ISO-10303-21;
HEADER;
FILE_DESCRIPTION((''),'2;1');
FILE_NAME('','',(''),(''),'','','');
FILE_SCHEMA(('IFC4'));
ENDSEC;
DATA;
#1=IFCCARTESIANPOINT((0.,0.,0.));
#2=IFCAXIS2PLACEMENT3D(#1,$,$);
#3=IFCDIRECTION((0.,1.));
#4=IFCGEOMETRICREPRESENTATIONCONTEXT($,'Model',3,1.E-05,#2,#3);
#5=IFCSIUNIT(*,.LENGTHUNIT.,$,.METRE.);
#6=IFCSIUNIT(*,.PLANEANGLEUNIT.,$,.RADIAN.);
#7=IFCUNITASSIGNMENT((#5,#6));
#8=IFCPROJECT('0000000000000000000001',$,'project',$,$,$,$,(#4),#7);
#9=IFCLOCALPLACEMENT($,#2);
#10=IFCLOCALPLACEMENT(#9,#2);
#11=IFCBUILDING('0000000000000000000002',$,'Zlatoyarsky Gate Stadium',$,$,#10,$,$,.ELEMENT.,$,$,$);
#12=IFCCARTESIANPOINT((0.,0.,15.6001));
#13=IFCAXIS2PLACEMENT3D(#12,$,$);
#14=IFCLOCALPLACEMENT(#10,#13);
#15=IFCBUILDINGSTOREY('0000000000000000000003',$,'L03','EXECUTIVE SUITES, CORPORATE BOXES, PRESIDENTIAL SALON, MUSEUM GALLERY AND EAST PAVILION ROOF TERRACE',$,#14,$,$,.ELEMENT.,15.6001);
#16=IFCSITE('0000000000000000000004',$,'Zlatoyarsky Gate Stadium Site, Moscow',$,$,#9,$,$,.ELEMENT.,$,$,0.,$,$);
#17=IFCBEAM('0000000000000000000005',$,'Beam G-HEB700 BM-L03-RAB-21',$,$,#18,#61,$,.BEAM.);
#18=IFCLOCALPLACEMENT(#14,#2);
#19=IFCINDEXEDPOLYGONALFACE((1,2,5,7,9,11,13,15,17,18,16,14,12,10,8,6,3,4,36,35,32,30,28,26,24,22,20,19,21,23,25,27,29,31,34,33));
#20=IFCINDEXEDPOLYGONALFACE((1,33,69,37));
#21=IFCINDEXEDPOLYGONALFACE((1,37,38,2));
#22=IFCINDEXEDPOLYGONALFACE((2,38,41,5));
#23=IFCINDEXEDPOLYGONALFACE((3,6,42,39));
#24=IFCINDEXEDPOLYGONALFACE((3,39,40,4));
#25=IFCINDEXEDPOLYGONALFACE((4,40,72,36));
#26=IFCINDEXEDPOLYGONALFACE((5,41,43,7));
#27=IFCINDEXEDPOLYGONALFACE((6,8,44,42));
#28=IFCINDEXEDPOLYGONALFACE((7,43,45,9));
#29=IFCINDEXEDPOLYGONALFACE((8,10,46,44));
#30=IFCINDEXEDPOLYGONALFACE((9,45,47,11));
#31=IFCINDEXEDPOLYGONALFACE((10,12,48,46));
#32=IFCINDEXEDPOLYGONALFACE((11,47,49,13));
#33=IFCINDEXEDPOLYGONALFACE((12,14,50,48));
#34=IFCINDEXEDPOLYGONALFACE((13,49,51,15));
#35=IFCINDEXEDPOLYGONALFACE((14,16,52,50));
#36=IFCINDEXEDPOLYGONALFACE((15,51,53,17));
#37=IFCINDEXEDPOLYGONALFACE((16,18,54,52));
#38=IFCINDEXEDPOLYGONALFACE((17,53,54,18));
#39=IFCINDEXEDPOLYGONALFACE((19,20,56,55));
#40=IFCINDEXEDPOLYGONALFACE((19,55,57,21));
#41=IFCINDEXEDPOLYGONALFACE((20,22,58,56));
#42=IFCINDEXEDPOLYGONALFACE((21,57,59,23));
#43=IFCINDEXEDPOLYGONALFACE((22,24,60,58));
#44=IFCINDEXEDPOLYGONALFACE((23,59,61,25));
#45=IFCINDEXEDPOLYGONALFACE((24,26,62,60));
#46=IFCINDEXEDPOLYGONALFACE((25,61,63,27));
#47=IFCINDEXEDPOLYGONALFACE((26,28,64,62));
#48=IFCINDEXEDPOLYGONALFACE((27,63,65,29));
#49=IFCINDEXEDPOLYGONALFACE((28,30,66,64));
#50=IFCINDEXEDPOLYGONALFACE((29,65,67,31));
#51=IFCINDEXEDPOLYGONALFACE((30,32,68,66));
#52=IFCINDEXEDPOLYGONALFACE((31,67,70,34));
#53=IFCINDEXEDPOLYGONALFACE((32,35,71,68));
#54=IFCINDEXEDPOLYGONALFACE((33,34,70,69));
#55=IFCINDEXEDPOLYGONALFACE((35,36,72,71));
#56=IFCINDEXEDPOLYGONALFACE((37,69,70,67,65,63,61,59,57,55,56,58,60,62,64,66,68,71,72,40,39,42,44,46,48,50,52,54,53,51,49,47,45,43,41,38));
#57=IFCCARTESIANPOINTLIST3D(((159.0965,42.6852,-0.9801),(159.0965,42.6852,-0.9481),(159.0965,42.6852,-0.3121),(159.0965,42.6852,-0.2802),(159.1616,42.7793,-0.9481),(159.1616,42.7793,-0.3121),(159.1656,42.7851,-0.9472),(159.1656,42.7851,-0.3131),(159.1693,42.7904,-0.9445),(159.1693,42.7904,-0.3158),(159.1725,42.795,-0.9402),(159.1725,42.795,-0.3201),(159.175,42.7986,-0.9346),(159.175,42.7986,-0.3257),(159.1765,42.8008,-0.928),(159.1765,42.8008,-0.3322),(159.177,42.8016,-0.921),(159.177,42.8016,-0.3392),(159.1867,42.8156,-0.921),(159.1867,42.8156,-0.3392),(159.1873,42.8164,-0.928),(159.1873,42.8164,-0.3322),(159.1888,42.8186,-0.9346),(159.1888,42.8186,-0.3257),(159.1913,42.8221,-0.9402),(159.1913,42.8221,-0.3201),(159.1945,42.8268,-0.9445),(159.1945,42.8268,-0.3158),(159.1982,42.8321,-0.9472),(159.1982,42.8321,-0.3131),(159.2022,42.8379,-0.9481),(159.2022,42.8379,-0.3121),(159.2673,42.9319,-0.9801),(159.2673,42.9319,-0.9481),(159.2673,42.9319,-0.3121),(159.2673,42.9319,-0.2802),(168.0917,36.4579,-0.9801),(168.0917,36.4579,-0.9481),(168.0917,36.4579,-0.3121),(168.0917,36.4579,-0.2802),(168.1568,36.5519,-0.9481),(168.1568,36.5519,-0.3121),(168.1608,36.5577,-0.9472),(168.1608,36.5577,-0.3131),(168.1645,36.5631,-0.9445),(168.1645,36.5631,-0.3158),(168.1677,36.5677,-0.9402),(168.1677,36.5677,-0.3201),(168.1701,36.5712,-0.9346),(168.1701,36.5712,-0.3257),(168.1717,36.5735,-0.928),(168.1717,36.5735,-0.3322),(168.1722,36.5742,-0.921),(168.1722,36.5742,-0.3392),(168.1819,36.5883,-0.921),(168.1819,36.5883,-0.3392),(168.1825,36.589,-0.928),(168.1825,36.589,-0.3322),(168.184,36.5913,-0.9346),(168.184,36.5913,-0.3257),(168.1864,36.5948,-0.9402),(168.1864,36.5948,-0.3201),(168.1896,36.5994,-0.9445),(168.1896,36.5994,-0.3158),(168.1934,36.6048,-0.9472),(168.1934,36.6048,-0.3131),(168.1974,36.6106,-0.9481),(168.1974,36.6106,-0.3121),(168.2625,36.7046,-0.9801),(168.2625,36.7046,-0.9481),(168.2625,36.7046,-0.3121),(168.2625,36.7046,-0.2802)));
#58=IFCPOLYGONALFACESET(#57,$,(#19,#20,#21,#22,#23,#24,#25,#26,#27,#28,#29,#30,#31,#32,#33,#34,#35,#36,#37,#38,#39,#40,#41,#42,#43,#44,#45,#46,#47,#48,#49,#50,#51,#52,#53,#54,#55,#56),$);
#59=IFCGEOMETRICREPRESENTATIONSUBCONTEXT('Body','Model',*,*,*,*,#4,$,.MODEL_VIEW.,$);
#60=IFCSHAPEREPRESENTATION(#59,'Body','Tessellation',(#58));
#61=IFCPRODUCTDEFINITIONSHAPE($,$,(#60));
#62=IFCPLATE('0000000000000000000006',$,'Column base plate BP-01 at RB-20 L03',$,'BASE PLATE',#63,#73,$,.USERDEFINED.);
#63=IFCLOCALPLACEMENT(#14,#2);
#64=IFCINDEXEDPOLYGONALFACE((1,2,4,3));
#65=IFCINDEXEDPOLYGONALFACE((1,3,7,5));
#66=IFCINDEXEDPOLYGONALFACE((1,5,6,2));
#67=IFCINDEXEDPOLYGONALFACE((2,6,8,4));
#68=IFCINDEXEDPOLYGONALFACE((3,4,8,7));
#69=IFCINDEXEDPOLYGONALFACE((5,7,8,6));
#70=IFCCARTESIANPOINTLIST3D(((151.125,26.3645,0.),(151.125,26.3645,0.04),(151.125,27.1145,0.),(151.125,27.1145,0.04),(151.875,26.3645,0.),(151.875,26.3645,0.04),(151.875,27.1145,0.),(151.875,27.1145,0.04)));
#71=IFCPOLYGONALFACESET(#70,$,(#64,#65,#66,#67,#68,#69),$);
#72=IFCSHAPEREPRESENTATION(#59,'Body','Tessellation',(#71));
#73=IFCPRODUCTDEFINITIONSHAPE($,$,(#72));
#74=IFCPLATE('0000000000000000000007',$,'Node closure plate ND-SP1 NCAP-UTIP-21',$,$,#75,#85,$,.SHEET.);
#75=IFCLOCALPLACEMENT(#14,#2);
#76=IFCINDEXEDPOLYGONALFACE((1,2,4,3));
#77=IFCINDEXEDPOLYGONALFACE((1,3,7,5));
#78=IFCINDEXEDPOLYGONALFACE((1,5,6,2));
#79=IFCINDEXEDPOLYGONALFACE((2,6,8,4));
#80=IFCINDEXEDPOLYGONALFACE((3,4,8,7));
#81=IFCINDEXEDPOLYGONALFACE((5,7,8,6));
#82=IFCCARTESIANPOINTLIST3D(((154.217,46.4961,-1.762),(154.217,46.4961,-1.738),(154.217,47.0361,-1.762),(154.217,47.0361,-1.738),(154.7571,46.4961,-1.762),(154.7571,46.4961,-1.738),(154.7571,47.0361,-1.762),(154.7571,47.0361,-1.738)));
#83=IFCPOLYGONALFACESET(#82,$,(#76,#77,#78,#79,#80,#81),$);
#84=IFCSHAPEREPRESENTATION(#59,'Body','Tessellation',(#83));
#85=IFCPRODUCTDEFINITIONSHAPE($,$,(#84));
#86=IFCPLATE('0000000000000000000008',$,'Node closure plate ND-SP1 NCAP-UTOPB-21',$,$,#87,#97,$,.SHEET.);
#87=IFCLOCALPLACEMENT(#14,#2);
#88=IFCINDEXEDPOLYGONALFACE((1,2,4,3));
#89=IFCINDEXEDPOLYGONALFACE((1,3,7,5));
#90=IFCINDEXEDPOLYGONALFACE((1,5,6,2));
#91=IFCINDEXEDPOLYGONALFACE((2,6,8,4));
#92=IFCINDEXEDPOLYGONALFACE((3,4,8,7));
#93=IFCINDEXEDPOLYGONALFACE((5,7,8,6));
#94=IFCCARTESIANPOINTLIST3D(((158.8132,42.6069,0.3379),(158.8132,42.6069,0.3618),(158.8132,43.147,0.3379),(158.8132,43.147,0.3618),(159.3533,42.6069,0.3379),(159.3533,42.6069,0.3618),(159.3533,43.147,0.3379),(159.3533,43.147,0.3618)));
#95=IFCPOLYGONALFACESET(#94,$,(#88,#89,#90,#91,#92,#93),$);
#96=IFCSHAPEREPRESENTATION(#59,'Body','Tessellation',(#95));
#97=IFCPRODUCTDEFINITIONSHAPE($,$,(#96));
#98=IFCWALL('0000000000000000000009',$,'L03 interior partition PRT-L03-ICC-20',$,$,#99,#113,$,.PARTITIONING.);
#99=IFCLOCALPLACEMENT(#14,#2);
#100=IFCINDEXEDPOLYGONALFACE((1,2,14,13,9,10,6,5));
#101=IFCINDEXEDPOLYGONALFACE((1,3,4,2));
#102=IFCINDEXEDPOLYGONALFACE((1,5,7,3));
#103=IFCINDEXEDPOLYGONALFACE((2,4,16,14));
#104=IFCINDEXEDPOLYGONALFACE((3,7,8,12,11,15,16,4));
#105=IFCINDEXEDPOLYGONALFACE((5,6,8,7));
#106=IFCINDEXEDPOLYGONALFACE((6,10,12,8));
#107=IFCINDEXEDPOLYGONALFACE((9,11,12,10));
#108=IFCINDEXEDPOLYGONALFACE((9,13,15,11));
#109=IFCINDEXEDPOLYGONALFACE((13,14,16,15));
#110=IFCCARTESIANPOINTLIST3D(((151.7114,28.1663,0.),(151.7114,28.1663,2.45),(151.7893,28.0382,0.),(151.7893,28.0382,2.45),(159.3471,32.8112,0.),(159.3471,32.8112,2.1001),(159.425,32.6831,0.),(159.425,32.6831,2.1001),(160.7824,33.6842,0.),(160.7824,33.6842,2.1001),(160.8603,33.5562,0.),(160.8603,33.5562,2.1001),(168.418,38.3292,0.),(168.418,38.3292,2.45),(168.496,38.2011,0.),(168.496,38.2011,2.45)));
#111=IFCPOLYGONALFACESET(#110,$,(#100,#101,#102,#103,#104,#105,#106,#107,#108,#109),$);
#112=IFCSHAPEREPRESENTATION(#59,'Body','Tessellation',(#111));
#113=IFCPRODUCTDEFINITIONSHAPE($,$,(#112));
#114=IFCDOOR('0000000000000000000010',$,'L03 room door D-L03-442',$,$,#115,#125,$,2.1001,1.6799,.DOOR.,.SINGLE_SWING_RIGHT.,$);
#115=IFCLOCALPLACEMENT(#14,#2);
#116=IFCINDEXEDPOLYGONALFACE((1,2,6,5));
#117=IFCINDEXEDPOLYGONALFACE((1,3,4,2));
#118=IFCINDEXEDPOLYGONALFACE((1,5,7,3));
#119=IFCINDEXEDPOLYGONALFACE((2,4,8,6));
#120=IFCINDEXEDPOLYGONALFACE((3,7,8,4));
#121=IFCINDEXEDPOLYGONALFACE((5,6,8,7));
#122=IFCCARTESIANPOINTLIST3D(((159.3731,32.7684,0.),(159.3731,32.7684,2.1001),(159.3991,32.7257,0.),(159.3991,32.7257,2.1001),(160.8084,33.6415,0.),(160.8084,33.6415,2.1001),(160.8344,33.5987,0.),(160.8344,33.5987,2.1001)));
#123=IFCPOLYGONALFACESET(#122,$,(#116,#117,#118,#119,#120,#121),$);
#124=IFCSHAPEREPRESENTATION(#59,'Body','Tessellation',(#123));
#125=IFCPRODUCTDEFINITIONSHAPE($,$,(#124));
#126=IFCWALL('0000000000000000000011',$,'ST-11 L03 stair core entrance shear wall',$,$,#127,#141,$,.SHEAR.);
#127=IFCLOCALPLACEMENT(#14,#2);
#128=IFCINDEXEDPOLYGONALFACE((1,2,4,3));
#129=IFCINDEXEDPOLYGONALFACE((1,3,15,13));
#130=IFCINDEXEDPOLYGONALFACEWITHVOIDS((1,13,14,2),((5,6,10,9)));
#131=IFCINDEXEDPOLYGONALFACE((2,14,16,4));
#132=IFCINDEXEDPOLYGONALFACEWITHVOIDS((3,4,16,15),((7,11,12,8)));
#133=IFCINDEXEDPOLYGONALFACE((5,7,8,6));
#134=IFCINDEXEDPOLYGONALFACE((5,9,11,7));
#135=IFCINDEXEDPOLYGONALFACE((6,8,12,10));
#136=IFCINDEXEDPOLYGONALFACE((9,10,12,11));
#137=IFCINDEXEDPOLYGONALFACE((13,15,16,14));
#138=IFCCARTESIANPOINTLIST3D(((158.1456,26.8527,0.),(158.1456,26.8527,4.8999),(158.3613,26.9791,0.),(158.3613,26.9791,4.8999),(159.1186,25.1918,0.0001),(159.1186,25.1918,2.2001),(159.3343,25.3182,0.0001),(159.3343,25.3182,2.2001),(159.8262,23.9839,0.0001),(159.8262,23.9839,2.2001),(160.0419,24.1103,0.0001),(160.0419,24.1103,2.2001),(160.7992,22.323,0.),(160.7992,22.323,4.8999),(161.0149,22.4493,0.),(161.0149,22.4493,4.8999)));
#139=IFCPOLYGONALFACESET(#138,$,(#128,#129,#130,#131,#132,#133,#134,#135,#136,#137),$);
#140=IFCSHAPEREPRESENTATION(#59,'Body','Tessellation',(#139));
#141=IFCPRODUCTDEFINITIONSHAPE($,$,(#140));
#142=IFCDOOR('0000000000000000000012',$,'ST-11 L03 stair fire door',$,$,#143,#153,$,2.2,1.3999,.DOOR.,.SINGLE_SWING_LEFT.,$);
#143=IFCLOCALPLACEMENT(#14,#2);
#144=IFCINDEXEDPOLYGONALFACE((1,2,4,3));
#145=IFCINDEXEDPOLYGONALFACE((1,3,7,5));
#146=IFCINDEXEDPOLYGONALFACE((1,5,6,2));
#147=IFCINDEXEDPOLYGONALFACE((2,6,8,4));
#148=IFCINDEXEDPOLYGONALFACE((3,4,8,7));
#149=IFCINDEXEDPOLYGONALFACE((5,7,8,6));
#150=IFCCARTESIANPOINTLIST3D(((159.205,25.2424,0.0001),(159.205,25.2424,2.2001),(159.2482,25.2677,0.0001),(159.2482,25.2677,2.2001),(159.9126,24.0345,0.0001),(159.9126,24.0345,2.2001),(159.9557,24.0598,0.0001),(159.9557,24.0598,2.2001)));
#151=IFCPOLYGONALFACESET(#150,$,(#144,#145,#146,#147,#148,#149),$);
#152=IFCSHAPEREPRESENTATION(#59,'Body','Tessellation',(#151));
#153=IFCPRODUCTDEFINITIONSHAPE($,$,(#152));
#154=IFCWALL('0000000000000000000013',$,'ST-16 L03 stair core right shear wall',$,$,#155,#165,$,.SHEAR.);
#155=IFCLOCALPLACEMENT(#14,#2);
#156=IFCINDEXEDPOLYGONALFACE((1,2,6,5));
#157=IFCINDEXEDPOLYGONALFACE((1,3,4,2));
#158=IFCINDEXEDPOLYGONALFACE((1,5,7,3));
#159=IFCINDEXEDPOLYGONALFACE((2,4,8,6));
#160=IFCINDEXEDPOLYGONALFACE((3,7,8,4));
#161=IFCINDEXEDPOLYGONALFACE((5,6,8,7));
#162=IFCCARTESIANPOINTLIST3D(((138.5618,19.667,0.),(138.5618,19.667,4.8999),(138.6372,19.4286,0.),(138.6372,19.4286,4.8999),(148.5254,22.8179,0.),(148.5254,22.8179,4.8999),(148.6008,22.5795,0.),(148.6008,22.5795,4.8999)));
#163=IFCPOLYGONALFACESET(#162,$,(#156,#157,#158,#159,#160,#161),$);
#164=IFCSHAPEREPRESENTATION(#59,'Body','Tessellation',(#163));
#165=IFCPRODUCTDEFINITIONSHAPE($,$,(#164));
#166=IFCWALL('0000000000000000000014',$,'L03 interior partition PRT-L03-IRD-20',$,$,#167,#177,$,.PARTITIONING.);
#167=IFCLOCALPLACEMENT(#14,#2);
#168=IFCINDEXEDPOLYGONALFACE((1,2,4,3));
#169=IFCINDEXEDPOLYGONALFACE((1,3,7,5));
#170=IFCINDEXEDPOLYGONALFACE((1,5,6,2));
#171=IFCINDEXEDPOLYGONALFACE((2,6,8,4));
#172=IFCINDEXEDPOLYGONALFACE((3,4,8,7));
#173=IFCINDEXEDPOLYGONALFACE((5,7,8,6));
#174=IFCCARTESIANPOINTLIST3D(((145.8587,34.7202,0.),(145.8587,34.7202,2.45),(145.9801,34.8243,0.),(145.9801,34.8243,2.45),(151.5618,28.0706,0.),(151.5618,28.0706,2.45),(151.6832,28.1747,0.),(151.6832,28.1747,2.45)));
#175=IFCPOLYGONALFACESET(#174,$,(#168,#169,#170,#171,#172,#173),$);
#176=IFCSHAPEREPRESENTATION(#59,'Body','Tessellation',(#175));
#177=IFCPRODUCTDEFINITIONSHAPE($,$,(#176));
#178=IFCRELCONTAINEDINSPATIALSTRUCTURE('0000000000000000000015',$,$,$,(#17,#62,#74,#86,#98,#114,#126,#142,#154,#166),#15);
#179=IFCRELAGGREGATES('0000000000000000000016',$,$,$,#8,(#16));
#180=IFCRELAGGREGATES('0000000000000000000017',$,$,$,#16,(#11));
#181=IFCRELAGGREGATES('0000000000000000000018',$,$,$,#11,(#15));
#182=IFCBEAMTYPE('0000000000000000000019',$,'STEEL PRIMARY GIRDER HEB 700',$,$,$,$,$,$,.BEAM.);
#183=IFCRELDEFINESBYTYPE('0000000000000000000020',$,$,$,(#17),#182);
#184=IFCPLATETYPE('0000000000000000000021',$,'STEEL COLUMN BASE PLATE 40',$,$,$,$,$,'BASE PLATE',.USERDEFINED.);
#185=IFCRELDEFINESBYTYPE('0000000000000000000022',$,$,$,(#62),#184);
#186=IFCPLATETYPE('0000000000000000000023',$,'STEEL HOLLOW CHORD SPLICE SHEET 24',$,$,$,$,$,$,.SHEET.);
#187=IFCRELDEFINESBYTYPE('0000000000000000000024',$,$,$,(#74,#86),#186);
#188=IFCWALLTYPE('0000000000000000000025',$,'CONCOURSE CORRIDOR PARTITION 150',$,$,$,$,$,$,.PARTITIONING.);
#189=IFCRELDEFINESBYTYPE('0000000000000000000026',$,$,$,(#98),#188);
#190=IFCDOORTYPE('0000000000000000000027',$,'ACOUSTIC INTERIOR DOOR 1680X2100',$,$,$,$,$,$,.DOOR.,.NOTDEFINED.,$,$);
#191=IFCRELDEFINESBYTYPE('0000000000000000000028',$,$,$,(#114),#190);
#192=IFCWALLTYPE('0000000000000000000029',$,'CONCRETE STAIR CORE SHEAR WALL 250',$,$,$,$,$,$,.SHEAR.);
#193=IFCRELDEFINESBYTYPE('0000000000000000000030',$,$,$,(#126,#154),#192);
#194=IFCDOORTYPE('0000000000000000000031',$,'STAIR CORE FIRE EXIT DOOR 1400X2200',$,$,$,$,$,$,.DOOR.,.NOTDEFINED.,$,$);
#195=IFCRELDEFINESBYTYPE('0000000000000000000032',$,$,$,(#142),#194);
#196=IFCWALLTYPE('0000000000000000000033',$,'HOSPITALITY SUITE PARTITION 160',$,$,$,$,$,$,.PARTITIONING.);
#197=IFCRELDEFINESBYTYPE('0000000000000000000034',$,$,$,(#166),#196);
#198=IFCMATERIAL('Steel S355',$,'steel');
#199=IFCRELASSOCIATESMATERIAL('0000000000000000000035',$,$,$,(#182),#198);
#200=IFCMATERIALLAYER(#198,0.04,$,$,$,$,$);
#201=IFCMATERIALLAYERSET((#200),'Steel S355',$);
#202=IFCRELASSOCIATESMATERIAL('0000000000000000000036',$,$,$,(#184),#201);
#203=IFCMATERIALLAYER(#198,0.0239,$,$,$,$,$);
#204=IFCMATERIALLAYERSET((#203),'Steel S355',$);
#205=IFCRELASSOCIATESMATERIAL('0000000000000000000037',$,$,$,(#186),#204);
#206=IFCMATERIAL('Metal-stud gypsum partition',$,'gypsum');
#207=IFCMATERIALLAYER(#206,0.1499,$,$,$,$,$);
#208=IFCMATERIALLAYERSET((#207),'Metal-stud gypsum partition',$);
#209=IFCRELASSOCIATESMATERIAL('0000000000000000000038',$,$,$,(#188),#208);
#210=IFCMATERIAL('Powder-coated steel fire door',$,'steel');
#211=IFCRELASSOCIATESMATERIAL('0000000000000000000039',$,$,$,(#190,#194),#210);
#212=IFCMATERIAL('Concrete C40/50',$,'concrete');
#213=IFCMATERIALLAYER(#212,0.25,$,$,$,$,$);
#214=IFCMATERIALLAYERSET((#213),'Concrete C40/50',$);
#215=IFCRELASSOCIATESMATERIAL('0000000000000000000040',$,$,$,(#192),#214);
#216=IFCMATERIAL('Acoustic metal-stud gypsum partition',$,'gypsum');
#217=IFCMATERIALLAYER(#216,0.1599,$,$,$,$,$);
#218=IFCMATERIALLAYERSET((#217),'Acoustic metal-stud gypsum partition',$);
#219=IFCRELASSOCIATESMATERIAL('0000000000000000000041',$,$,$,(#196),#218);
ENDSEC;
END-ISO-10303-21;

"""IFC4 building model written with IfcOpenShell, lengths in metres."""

from ifc_helpers import new_model, si_unit, direction, frame, frame_2d, origin, origin_2d, place, context, subcontext, project, spatial, rectangle, i_section, extrude, material, layer, layer_set, material_profile, profile_set, type_object, element, fill, save


model = new_model("IFC4")

# Units and contexts
model_context = context("Model", 3, precision=1e-05, world=origin(), true_north=direction((0.0, 1.0)))
body_context = subcontext(model_context, "Body", "Model", "MODEL_VIEW")
ifc_project = project(units=[si_unit("LENGTHUNIT", "METRE"), si_unit("PLANEANGLEUNIT", "RADIAN")], contexts=[model_context])

# Site, building, storey
site_placement = place(None, origin())
site = spatial("IfcSite", under=ifc_project, at=site_placement, Name="Zlatoyarsky Gate Stadium Site, Moscow", CompositionType="ELEMENT", RefElevation=0.0)
building_placement = place(site_placement, origin())
building = spatial("IfcBuilding", under=site, at=building_placement, Name="Zlatoyarsky Gate Stadium", CompositionType="ELEMENT")
storey_placement = place(building_placement, frame((0.0, 0.0, 15.6001)))
storey = spatial("IfcBuildingStorey", under=building, at=storey_placement, Name="L03", Description="EXECUTIVE SUITES, CORPORATE BOXES, PRESIDENTIAL SALON, MUSEUM GALLERY AND EAST PAVILION ROOF TERRACE", CompositionType="ELEMENT", Elevation=15.6001)

# Shared definitions
ifc_material_1 = material(Name="Steel S355", Category="steel")

# Beam
ifc_material_profile_1 = material_profile(ifc_material_1, i_section(OverallWidth=0.3, OverallDepth=0.7, WebThickness=0.0171, FlangeThickness=0.032, FilletRadius=0.0271, at=origin_2d()), Name="HEB 700")
ifc_profile_set_1 = profile_set([ifc_material_profile_1], Name="Steel S355")
beam_type_1 = type_object("IfcBeamType", Name="STEEL PRIMARY GIRDER HEB 700", PredefinedType="BEAM", material=ifc_profile_set_1)
beam_1_placement = place(storey_placement, frame((159.1819, 42.8086, -0.6301), z_axis=(0.822196, -0.569204, 0.0), x_axis=(0.569204, 0.822196, 0.0)))
element("IfcBeam", 1, at=beam_1_placement, inside=storey, type_object=beam_type_1, Name="Beam G-HEB700 BM-L03-RAB-21", PredefinedType="BEAM", context=body_context, shape_type="SweptSolid", body=[
    extrude(i_section(OverallWidth=0.3, OverallDepth=0.7, WebThickness=0.0171, FlangeThickness=0.032, FilletRadius=0.0271, at=origin_2d()), origin(), (0.0, 0.0, 1.0), 10.9404),
])

# Plates
ifc_layer_1 = layer(ifc_material_1, 0.04)
ifc_layer_set_1 = layer_set([ifc_layer_1], Name="Steel S355")
plate_type_1 = type_object("IfcPlateType", Name="STEEL COLUMN BASE PLATE 40", ElementType="BASE PLATE", PredefinedType="USERDEFINED", material=ifc_layer_set_1)
plate_placement = place(storey_placement, frame((151.5, 26.7395, 0.0), z_axis=(0.0, 0.0, 1.0), x_axis=(1.0, 0.0, 0.0)))
element("IfcPlate", 2, at=plate_placement, inside=storey, type_object=plate_type_1, Name="Column base plate BP-01 at RB-20 L03", ObjectType="BASE PLATE", PredefinedType="USERDEFINED", context=body_context, shape_type="SweptSolid", body=[
    extrude(rectangle(XDim=0.75, YDim=0.75, at=origin_2d()), origin(), (0.0, 0.0, 1.0), 0.04),
])
ifc_layer_2 = layer(ifc_material_1, 0.0239)
ifc_layer_set_2 = layer_set([ifc_layer_2], Name="Steel S355")
plate_type_2 = type_object("IfcPlateType", Name="STEEL HOLLOW CHORD SPLICE SHEET 24", PredefinedType="SHEET", material=ifc_layer_set_2)
for number, where, z_axis, x_axis, name in (
    (3, (154.4871, 46.7661, -1.762), (0.0, 0.0, 1.0), (1.0, 0.0, 0.0), "Node closure plate ND-SP1 NCAP-UTIP-21"),
    (4, (159.0833, 42.877, 0.3379), (0.0, 0.0, 1.0), (1.0, 0.0, 0.0), "Node closure plate ND-SP1 NCAP-UTOPB-21"),
):
    element("IfcPlate", number, at=place(storey_placement, frame(where, z_axis=z_axis, x_axis=x_axis)), inside=storey, type_object=plate_type_2, Name=name, PredefinedType="SHEET", context=body_context, shape_type="SweptSolid", body=[
        extrude(rectangle(XDim=0.54, YDim=0.54, at=origin_2d()), origin(), (0.0, 0.0, 1.0), 0.0239),
    ])

# Walls, openings, doors
ifc_material_2 = material(Name="Metal-stud gypsum partition", Category="gypsum")
ifc_layer_3 = layer(ifc_material_2, 0.1499)
ifc_layer_set_3 = layer_set([ifc_layer_3], Name="Metal-stud gypsum partition")
wall_type_1 = type_object("IfcWallType", Name="CONCOURSE CORRIDOR PARTITION 150", PredefinedType="PARTITIONING", material=ifc_layer_set_3)
wall_1_placement = place(storey_placement, frame((151.7505, 28.1023, 0.0), z_axis=(0.0, 0.0, 1.0), x_axis=(0.854343, 0.51971, 0.0)))
wall_1 = element("IfcWall", 5, at=wall_1_placement, inside=storey, type_object=wall_type_1, Name="L03 interior partition PRT-L03-ICC-20", PredefinedType="PARTITIONING", context=body_context, shape_type="SweptSolid", body=[
    extrude(rectangle(XDim=19.5549, YDim=0.1499, at=frame_2d((9.7773, 0.0))), origin(), (0.0, 0.0, 1.0), 2.45),
])
opening_1_placement = place(wall_1_placement, frame((8.9375, 0.0, 0.0)))
opening_1 = element("IfcOpeningElement", 6, at=opening_1_placement, cuts=wall_1, PredefinedType="OPENING", context=body_context, shape_type="SweptSolid", body=[
    extrude(rectangle(XDim=1.6799, YDim=2.1001, at=frame_2d((0.8398, 1.05))), frame((0.0, 0.085, 0.0), z_axis=(0.0, -1.0, 0.0), x_axis=(1.0, 0.0, 0.0)), (0.0, 0.0, 1.0), 0.1699),
])
ifc_material_3 = material(Name="Powder-coated steel fire door", Category="steel")
door_type_1 = type_object("IfcDoorType", Name="ACOUSTIC INTERIOR DOOR 1680X2100", OperationType="NOTDEFINED", PredefinedType="DOOR", material=ifc_material_3)
door_1_placement = place(opening_1_placement, origin())
door_1 = element("IfcDoor", 7, at=door_1_placement, inside=storey, type_object=door_type_1, Name="L03 room door D-L03-442", OperationType="SINGLE_SWING_RIGHT", OverallHeight=2.1001, OverallWidth=1.6799, PredefinedType="DOOR", context=body_context, shape_type="SweptSolid", body=[
    extrude(rectangle(XDim=1.6799, YDim=2.1001, at=frame_2d((0.8398, 1.05))), frame((0.0, 0.0249, 0.0), z_axis=(0.0, -1.0, 0.0), x_axis=(1.0, 0.0, 0.0)), (0.0, 0.0, 1.0), 0.05),
])
fill(opening_1, door_1)
ifc_material_4 = material(Name="Concrete C40/50", Category="concrete")
ifc_layer_4 = layer(ifc_material_4, 0.25)
ifc_layer_set_4 = layer_set([ifc_layer_4], Name="Concrete C40/50")
wall_type_2 = type_object("IfcWallType", Name="CONCRETE STAIR CORE SHEAR WALL 250", PredefinedType="SHEAR", material=ifc_layer_set_4)
wall_2_placement = place(storey_placement, frame((158.2534, 26.916, 0.0), z_axis=(0.0, 0.0, 1.0), x_axis=(0.50546, -0.86285, 0.0)))
wall_2 = element("IfcWall", 8, at=wall_2_placement, inside=storey, type_object=wall_type_2, Name="ST-11 L03 stair core entrance shear wall", PredefinedType="SHEAR", context=body_context, shape_type="SweptSolid", body=[
    extrude(rectangle(XDim=5.2498, YDim=0.25, at=frame_2d((2.625, 0.0))), origin(), (0.0, 0.0, 1.0), 4.8999),
])
opening_2_placement = place(wall_2_placement, frame((1.925, 0.0, 0.0)))
opening_2 = element("IfcOpeningElement", 9, at=opening_2_placement, cuts=wall_2, PredefinedType="OPENING", context=body_context, shape_type="SweptSolid", body=[
    extrude(rectangle(XDim=1.3999, YDim=2.2, at=frame_2d((0.7, 1.1001))), frame((0.0, 0.135, 0.0), z_axis=(0.0, -1.0, 0.0), x_axis=(1.0, 0.0, 0.0)), (0.0, 0.0, 1.0), 0.27),
])
door_type_2 = type_object("IfcDoorType", Name="STAIR CORE FIRE EXIT DOOR 1400X2200", OperationType="NOTDEFINED", PredefinedType="DOOR", material=ifc_material_3)
door_2_placement = place(opening_2_placement, frame((1.3999, 0.0, 0.0), z_axis=(0.0, 0.0, 1.0), x_axis=(-1.0, 0.0, 0.0)))
door_2 = element("IfcDoor", 10, at=door_2_placement, inside=storey, type_object=door_type_2, Name="ST-11 L03 stair fire door", OperationType="SINGLE_SWING_LEFT", OverallHeight=2.2, OverallWidth=1.3999, PredefinedType="DOOR", context=body_context, shape_type="SweptSolid", body=[
    extrude(rectangle(XDim=1.3999, YDim=2.2, at=frame_2d((0.7, 1.1001))), frame((0.0, 0.0249, 0.0), z_axis=(0.0, -1.0, 0.0), x_axis=(1.0, 0.0, 0.0)), (0.0, 0.0, 1.0), 0.05),
])
fill(opening_2, door_2)

# Walls
wall_3_placement = place(storey_placement, frame((148.5632, 22.6987, 0.0), z_axis=(0.0, 0.0, 1.0), x_axis=(-0.95346, -0.30152, 0.0)))
element("IfcWall", 11, at=wall_3_placement, inside=storey, type_object=wall_type_2, Name="ST-16 L03 stair core right shear wall", PredefinedType="SHEAR", context=body_context, shape_type="SweptSolid", body=[
    extrude(rectangle(XDim=10.45, YDim=0.25, at=frame_2d((5.2251, 0.0))), origin(), (0.0, 0.0, 1.0), 4.8999),
])
ifc_material_5 = material(Name="Acoustic metal-stud gypsum partition", Category="gypsum")
ifc_layer_5 = layer(ifc_material_5, 0.1599)
ifc_layer_set_5 = layer_set([ifc_layer_5], Name="Acoustic metal-stud gypsum partition")
wall_type_3 = type_object("IfcWallType", Name="HOSPITALITY SUITE PARTITION 160", PredefinedType="PARTITIONING", material=ifc_layer_set_5)
wall_4_placement = place(storey_placement, frame((145.9194, 34.7722, 0.0), z_axis=(0.0, 0.0, 1.0), x_axis=(0.651016, -0.759064, 0.0)))
element("IfcWall", 12, at=wall_4_placement, inside=storey, type_object=wall_type_3, Name="L03 interior partition PRT-L03-IRD-20", PredefinedType="PARTITIONING", context=body_context, shape_type="SweptSolid", body=[
    extrude(rectangle(XDim=8.7603, YDim=0.1599, at=frame_2d((4.3801, 0.0))), origin(), (0.0, 0.0, 1.0), 2.45),
])

save(model, "model.ifc")
